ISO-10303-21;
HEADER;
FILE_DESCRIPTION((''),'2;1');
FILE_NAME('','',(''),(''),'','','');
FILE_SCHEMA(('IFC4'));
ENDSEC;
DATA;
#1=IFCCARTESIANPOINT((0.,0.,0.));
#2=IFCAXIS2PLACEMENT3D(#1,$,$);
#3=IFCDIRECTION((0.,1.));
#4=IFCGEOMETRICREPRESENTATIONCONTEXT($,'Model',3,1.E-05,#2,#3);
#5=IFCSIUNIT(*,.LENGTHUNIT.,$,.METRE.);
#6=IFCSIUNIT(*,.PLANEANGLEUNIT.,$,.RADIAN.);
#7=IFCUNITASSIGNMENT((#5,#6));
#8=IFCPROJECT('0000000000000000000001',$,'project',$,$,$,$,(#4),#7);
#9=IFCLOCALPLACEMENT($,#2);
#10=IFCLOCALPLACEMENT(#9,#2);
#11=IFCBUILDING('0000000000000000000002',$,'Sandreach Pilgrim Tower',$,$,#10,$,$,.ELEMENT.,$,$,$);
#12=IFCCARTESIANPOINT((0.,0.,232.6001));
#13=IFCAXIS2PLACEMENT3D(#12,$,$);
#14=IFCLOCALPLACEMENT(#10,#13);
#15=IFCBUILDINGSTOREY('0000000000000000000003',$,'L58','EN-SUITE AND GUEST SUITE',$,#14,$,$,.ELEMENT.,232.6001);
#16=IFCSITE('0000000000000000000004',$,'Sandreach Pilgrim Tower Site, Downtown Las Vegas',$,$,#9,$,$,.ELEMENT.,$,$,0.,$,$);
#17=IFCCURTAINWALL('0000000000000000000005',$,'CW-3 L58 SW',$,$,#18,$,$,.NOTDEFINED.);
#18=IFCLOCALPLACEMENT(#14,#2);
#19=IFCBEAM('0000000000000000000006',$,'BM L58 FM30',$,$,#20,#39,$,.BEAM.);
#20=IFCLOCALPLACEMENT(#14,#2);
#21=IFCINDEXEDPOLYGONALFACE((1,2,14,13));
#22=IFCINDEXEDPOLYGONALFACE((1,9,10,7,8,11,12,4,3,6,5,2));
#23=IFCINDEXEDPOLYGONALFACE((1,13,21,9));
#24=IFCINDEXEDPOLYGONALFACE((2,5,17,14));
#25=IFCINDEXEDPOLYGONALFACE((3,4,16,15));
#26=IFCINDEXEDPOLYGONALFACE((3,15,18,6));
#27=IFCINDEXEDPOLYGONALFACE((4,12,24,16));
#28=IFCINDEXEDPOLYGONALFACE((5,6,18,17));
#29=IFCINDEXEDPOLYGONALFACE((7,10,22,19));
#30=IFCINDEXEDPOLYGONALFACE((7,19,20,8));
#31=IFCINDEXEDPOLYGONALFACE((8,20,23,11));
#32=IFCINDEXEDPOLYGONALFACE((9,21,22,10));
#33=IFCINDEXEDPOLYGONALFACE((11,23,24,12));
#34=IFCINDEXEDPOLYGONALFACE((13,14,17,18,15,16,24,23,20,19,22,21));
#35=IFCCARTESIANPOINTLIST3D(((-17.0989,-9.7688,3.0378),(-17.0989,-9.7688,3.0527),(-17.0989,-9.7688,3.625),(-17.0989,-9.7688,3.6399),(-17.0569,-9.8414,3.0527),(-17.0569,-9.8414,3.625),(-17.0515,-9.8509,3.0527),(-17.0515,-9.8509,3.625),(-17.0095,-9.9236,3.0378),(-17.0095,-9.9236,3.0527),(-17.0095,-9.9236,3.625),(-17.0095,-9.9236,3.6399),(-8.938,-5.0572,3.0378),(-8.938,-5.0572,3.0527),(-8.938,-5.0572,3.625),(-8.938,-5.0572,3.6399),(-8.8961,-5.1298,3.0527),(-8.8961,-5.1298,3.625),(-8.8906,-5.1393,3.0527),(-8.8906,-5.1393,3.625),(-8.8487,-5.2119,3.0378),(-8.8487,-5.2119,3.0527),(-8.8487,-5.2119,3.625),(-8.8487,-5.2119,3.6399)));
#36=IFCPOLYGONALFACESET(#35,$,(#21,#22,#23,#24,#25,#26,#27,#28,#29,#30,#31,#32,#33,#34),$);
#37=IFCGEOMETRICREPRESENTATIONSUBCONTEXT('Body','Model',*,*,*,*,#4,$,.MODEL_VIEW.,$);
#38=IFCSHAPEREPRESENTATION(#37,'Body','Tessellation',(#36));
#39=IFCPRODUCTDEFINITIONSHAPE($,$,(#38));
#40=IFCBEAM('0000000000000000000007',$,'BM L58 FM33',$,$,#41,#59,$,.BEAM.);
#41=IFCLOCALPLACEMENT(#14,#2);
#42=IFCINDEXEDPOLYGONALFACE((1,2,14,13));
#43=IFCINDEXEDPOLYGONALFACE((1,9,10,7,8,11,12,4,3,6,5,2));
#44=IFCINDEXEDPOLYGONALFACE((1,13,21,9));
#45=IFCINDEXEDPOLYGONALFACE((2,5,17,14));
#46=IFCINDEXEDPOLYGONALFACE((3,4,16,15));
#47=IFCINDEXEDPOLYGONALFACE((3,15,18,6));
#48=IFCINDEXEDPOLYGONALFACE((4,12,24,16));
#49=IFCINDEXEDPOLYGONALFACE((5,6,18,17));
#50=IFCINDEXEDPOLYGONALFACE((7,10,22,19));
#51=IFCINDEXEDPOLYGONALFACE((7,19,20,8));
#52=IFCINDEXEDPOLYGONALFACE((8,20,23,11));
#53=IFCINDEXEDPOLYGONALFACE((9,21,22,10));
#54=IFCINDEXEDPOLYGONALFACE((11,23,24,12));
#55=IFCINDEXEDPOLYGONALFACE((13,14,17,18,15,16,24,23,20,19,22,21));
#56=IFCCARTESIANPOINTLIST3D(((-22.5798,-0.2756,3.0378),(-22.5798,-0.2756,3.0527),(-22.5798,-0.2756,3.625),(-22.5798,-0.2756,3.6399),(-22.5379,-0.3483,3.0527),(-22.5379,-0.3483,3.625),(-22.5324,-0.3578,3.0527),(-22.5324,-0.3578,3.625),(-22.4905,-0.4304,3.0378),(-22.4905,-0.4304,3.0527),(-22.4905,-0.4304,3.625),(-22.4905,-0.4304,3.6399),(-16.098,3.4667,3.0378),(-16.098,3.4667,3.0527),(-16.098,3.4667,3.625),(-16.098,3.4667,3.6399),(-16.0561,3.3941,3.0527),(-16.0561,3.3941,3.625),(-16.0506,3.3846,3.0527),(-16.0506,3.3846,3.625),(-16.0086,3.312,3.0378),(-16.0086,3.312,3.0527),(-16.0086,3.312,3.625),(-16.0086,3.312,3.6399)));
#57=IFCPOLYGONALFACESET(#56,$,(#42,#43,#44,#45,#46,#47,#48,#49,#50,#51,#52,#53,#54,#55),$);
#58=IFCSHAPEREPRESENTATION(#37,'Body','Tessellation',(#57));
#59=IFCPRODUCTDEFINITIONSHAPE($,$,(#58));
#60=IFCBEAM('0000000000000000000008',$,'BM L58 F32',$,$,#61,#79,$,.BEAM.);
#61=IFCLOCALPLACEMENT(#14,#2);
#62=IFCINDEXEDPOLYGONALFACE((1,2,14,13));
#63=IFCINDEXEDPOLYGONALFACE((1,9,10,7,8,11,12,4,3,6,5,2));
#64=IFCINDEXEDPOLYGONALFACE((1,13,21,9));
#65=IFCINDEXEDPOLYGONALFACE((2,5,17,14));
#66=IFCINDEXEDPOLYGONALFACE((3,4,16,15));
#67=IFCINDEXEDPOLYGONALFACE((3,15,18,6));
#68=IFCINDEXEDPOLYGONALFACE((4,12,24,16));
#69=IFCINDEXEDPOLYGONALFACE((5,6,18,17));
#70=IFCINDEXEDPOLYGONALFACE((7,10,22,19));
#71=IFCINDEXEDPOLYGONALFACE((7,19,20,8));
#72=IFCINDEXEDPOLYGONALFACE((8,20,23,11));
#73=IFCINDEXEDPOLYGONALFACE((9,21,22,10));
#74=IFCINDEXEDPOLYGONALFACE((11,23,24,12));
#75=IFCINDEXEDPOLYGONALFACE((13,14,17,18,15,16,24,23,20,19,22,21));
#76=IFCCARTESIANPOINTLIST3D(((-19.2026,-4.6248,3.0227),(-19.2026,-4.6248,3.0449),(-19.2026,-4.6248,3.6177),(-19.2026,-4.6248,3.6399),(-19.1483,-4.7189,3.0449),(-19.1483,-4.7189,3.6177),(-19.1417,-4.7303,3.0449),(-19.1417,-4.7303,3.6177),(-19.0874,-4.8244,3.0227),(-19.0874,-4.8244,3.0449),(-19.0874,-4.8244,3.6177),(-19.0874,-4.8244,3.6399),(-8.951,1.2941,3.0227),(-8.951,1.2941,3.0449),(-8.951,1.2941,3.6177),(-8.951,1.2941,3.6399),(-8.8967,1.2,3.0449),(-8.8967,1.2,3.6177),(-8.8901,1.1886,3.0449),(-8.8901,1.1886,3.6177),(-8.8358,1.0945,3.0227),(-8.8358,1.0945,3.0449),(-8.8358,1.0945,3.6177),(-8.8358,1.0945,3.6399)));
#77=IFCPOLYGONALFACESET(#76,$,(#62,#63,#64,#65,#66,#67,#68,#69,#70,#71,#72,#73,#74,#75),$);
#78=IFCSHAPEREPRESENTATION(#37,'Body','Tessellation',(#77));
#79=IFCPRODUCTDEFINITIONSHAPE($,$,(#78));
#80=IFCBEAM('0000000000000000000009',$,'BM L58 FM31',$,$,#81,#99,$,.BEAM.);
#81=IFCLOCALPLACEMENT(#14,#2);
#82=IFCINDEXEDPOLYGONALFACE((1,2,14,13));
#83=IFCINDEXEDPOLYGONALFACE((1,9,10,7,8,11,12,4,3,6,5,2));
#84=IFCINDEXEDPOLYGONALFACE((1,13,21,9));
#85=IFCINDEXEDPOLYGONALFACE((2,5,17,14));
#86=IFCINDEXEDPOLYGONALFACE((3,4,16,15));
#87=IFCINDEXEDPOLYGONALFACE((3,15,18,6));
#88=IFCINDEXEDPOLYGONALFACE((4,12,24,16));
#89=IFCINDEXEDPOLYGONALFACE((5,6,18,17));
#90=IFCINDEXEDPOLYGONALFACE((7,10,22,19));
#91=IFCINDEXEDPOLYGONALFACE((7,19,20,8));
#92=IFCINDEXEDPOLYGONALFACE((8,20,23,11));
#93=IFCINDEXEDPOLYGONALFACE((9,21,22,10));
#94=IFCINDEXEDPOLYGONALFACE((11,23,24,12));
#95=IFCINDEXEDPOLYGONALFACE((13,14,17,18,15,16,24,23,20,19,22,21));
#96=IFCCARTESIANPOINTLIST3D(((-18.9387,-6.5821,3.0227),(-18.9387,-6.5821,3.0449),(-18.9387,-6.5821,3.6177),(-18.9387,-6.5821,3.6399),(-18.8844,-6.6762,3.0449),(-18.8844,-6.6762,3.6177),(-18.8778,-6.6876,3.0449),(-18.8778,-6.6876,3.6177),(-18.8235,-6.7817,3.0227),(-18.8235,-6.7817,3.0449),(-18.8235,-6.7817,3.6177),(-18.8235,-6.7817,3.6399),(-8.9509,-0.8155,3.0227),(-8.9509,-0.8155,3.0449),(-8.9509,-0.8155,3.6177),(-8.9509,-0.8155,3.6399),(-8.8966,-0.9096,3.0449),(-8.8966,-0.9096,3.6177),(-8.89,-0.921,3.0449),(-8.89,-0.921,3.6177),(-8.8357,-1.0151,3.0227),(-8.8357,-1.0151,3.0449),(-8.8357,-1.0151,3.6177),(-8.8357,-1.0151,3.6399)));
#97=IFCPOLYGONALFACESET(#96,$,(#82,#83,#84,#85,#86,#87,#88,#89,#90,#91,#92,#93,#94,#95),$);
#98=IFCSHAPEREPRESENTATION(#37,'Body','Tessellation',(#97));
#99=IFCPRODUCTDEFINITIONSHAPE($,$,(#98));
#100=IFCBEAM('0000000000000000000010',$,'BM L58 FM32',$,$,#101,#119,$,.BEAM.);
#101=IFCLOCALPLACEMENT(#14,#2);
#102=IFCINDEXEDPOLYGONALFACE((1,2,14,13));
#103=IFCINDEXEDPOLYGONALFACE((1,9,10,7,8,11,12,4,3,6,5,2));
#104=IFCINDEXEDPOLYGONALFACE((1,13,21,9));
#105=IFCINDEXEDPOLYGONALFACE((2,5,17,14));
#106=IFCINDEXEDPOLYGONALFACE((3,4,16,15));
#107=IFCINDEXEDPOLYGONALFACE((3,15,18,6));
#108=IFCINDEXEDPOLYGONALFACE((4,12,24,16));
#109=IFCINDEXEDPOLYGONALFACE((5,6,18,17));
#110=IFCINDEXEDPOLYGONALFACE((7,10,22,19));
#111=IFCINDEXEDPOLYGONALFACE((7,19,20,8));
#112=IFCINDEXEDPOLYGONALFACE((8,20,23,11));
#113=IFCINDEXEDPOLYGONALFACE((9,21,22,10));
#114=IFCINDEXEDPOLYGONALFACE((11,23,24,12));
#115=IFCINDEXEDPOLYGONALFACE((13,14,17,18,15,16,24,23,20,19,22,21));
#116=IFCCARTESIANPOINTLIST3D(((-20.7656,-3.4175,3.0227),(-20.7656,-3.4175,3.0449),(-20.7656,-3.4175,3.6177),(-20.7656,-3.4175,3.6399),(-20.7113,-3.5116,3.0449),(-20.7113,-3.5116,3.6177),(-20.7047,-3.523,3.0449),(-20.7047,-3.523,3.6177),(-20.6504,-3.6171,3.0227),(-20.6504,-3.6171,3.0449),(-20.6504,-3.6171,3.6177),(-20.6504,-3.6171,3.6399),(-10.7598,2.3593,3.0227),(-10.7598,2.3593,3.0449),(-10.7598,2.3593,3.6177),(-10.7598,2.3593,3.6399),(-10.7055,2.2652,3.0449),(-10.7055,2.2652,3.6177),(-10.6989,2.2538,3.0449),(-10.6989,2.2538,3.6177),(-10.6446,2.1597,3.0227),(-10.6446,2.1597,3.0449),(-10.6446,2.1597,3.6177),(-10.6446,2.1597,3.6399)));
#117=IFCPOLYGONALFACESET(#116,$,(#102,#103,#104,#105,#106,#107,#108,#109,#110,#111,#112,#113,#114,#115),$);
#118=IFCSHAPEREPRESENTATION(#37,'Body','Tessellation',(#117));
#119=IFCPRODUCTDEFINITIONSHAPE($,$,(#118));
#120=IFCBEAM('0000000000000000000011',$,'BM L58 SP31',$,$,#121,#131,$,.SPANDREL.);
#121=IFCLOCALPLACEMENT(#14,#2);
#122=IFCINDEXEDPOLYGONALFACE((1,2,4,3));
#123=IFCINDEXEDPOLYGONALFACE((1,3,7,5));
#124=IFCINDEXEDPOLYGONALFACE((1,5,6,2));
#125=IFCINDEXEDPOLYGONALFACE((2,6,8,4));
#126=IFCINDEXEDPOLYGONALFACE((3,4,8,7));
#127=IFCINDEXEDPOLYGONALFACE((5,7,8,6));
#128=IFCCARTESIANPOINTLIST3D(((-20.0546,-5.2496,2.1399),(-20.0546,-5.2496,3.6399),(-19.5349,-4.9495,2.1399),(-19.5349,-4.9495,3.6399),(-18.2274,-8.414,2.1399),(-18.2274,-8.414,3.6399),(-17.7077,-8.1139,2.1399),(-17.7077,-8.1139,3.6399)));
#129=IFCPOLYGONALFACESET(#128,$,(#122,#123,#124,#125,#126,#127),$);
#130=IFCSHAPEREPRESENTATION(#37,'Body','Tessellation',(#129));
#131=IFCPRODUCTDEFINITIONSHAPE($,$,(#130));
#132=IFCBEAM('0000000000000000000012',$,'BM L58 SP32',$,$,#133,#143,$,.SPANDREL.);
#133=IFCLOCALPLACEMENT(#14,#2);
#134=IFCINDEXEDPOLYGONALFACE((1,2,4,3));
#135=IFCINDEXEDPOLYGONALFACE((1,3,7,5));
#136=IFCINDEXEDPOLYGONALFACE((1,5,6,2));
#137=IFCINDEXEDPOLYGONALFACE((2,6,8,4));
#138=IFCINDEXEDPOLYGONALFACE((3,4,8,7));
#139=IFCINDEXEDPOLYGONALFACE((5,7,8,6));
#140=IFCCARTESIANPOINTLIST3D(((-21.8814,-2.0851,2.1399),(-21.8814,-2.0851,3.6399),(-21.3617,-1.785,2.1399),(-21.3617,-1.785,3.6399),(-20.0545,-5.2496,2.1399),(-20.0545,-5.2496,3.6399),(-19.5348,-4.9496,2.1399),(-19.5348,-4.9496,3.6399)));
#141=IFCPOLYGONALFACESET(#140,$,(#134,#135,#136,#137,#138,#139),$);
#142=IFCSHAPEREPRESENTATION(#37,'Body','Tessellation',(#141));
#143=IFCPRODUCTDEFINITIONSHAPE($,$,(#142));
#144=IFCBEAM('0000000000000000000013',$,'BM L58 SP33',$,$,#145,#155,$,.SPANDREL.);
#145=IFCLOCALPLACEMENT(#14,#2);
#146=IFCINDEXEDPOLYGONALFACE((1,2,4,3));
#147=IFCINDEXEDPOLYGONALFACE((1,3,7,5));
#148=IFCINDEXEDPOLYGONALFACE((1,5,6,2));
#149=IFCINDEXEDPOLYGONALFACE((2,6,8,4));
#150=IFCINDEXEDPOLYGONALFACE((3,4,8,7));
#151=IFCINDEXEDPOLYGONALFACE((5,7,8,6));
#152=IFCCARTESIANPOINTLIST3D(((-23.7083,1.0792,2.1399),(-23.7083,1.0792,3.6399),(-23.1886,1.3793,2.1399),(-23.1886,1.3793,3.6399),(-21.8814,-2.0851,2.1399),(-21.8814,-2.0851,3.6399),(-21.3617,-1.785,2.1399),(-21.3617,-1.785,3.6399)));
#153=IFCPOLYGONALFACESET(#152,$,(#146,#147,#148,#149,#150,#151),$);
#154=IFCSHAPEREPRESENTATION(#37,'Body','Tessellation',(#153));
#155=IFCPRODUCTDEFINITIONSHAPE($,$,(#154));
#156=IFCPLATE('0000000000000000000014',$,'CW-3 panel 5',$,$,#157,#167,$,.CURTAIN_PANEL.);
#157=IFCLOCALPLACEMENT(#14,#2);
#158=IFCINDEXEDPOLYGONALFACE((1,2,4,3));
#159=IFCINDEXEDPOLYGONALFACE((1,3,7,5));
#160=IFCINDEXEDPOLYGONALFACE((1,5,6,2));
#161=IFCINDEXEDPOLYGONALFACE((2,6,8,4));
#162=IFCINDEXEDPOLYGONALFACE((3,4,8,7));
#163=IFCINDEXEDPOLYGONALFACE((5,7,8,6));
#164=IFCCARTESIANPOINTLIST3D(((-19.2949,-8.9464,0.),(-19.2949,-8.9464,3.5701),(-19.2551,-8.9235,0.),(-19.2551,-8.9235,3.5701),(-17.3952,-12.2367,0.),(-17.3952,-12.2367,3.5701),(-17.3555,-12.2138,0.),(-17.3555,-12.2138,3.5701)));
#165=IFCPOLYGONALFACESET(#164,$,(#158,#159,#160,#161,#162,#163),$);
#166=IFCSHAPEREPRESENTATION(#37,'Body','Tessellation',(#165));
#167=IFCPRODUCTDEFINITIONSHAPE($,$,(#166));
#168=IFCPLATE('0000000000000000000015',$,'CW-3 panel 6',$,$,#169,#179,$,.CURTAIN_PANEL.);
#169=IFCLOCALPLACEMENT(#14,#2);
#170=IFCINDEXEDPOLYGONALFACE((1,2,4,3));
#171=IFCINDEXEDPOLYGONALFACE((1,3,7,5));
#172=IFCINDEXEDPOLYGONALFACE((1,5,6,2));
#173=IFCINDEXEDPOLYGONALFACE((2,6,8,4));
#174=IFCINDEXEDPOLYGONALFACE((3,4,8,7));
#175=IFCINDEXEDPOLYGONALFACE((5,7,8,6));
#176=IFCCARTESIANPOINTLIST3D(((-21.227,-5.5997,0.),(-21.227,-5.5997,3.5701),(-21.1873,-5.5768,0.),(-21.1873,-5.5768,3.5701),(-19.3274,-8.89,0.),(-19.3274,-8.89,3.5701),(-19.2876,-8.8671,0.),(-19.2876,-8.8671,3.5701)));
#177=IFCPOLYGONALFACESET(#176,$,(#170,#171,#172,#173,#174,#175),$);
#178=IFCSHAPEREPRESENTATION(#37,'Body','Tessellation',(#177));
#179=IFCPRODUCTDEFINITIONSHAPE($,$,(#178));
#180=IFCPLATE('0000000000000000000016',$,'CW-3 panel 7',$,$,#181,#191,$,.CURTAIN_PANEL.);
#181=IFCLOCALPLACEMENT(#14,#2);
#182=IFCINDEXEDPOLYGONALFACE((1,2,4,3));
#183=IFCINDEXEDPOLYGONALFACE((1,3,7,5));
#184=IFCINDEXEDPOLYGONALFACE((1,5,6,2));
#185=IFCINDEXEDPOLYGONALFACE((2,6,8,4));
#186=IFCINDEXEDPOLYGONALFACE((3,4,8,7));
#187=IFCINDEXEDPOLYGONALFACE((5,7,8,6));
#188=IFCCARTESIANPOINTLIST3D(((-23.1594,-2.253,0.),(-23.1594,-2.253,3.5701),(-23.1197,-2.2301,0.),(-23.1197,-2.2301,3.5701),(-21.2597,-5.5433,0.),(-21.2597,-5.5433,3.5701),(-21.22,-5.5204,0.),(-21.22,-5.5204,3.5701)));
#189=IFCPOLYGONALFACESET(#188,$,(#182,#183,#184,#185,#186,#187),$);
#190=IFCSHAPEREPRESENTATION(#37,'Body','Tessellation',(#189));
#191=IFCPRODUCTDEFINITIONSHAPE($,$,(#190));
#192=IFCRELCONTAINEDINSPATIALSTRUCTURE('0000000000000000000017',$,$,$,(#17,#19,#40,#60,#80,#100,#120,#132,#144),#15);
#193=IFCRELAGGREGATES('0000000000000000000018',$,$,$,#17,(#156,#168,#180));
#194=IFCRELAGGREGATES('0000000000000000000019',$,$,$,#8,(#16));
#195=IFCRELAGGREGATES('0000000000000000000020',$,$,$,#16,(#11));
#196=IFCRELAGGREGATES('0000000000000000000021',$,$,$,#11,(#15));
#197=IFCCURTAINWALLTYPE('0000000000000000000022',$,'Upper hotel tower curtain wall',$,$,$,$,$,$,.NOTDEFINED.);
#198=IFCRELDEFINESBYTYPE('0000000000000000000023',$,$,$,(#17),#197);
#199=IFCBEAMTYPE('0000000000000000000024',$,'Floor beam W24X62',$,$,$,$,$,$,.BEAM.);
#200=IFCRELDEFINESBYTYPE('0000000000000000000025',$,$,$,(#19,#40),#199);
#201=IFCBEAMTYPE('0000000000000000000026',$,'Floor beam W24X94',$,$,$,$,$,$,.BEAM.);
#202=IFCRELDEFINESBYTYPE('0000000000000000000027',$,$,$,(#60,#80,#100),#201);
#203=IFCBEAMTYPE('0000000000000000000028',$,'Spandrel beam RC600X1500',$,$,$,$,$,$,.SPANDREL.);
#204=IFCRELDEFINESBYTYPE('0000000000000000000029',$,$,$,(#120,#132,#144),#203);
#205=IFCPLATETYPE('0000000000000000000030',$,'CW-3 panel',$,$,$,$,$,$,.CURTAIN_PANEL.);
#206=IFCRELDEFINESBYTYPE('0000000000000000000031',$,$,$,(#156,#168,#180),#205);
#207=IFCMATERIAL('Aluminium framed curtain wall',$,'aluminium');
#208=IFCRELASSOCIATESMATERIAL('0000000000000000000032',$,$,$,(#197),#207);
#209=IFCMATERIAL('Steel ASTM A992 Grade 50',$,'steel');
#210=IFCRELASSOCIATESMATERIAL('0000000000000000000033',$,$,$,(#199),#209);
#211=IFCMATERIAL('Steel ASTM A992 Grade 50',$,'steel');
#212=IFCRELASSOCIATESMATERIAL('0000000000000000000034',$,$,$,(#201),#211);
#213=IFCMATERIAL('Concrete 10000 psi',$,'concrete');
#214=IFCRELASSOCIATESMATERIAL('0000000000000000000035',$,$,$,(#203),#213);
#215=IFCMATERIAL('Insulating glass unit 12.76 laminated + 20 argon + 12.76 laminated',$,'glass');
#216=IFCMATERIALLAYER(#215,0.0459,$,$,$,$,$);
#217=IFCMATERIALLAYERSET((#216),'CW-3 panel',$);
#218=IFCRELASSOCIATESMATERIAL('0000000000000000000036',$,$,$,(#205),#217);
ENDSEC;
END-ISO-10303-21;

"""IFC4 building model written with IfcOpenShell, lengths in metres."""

from ifc_helpers import new_model, si_unit, direction, frame, origin, origin_2d, place, context, subcontext, project, spatial, rectangle, i_section, extrude, material, layer, layer_set, material_profile, profile_set, type_object, element, aggregate, save


model = new_model("IFC4")

# Units and contexts
model_context = context("Model", 3, precision=1e-05, world=origin(), true_north=direction((0.0, 1.0)))
body_context = subcontext(model_context, "Body", "Model", "MODEL_VIEW")
ifc_project = project(units=[si_unit("LENGTHUNIT", "METRE"), si_unit("PLANEANGLEUNIT", "RADIAN")], contexts=[model_context])

# Site, building, storey
site_placement = place(None, origin())
site = spatial("IfcSite", under=ifc_project, at=site_placement, Name="Sandreach Pilgrim Tower Site, Downtown Las Vegas", CompositionType="ELEMENT", RefElevation=0.0)
building_placement = place(site_placement, origin())
building = spatial("IfcBuilding", under=site, at=building_placement, Name="Sandreach Pilgrim Tower", CompositionType="ELEMENT")
storey_placement = place(building_placement, frame((0.0, 0.0, 232.6001)))
storey = spatial("IfcBuildingStorey", under=building, at=storey_placement, Name="L58", Description="EN-SUITE AND GUEST SUITE", CompositionType="ELEMENT", Elevation=232.6001)

# Curtain wall
ifc_material_1 = material(Name="Aluminium framed curtain wall", Category="aluminium")
curtain_wall_type = type_object("IfcCurtainWallType", Name="Upper hotel tower curtain wall", PredefinedType="NOTDEFINED", material=ifc_material_1)
curtain_wall_placement = place(storey_placement, origin())
curtain_wall = element("IfcCurtainWall", 1, at=curtain_wall_placement, inside=storey, type_object=curtain_wall_type, Name="CW-3 L58 SW", PredefinedType="NOTDEFINED")

# Beams
ifc_material_2 = material(Name="Steel ASTM A992 Grade 50", Category="steel")
ifc_material_profile_1 = material_profile(ifc_material_2, i_section(OverallWidth=0.1787, OverallDepth=0.6021, WebThickness=0.011, FlangeThickness=0.0149, at=origin_2d()), Name="W24X62")
ifc_profile_set_1 = profile_set([ifc_material_profile_1], Name="Steel ASTM A992 Grade 50")
beam_type_1 = type_object("IfcBeamType", Name="Floor beam W24X62", PredefinedType="BEAM", material=ifc_profile_set_1)
beam_1_placement = place(storey_placement, frame((-17.0542, -9.8462, 3.3389), z_axis=(0.866026, 0.499998, 0.0), x_axis=(-0.499998, 0.866026, 0.0)))
element("IfcBeam", 2, at=beam_1_placement, inside=storey, type_object=beam_type_1, Name="BM L58 FM30", PredefinedType="BEAM", context=body_context, shape_type="SweptSolid", body=[
    extrude(i_section(OverallWidth=0.1787, OverallDepth=0.6021, WebThickness=0.011, FlangeThickness=0.0149, at=origin_2d()), origin(), (0.0, 0.0, 1.0), 9.4233),
])
beam_2_placement = place(storey_placement, frame((-22.5352, -0.353, 3.3389), z_axis=(0.86602, 0.500009, 0.0), x_axis=(-0.500009, 0.86602, 0.0)))
element("IfcBeam", 3, at=beam_2_placement, inside=storey, type_object=beam_type_1, Name="BM L58 FM33", PredefinedType="BEAM", context=body_context, shape_type="SweptSolid", body=[
    extrude(i_section(OverallWidth=0.1787, OverallDepth=0.6021, WebThickness=0.011, FlangeThickness=0.0149, at=origin_2d()), origin(), (0.0, 0.0, 1.0), 7.4846),
])
ifc_material_3 = material(Name="Steel ASTM A992 Grade 50", Category="steel")
ifc_material_profile_2 = material_profile(ifc_material_3, i_section(OverallWidth=0.2305, OverallDepth=0.6172, WebThickness=0.0132, FlangeThickness=0.0222, at=origin_2d()), Name="W24X94")
ifc_profile_set_2 = profile_set([ifc_material_profile_2], Name="Steel ASTM A992 Grade 50")
beam_type_2 = type_object("IfcBeamType", Name="Floor beam W24X94", PredefinedType="BEAM", material=ifc_profile_set_2)
beam_3_placement = place(storey_placement, frame((-19.145, -4.7246, 3.3313), z_axis=(0.866021, 0.500007, 0.0), x_axis=(-0.500007, 0.866021, 0.0)))
element("IfcBeam", 4, at=beam_3_placement, inside=storey, type_object=beam_type_2, Name="BM L58 F32", PredefinedType="BEAM", context=body_context, shape_type="SweptSolid", body=[
    extrude(i_section(OverallWidth=0.2305, OverallDepth=0.6172, WebThickness=0.0132, FlangeThickness=0.0222, at=origin_2d()), origin(), (0.0, 0.0, 1.0), 11.8376),
])
beam_4_placement = place(storey_placement, frame((-18.8811, -6.6819, 3.3313), z_axis=(0.86602, 0.50001, 0.0), x_axis=(-0.50001, 0.86602, 0.0)))
element("IfcBeam", 5, at=beam_4_placement, inside=storey, type_object=beam_type_2, Name="BM L58 FM31", PredefinedType="BEAM", context=body_context, shape_type="SweptSolid", body=[
    extrude(i_section(OverallWidth=0.2305, OverallDepth=0.6172, WebThickness=0.0132, FlangeThickness=0.0222, at=origin_2d()), origin(), (0.0, 0.0, 1.0), 11.533),
])
beam_5_placement = place(storey_placement, frame((-20.708, -3.5173, 3.3313), z_axis=(0.866027, 0.499998, 0.0), x_axis=(-0.499998, 0.866027, 0.0)))
element("IfcBeam", 6, at=beam_5_placement, inside=storey, type_object=beam_type_2, Name="BM L58 FM32", PredefinedType="BEAM", context=body_context, shape_type="SweptSolid", body=[
    extrude(i_section(OverallWidth=0.2305, OverallDepth=0.6172, WebThickness=0.0132, FlangeThickness=0.0222, at=origin_2d()), origin(), (0.0, 0.0, 1.0), 11.5537),
])
ifc_material_4 = material(Name="Concrete 10000 psi", Category="concrete")
ifc_material_profile_3 = material_profile(ifc_material_4, rectangle(XDim=0.6001, YDim=1.5, at=origin_2d()), Name="RC600X1500")
ifc_profile_set_3 = profile_set([ifc_material_profile_3], Name="Concrete 10000 psi")
beam_type_3 = type_object("IfcBeamType", Name="Spandrel beam RC600X1500", PredefinedType="SPANDREL", material=ifc_profile_set_3)
for number, where, z_axis, x_axis, name in (
    (7, (-17.9675, -8.2639, 2.8899), (-0.500048, 0.865998, 0.0), (-0.865998, -0.500048, 0.0), "BM L58 SP31"),
    (8, (-19.7947, -5.0996, 2.8899), (-0.499969, 0.866043, 0.0), (-0.866043, -0.499969, 0.0), "BM L58 SP32"),
):
    element("IfcBeam", number, at=place(storey_placement, frame(where, z_axis=z_axis, x_axis=x_axis)), inside=storey, type_object=beam_type_3, Name=name, PredefinedType="SPANDREL", context=body_context, shape_type="SweptSolid", body=[
        extrude(rectangle(XDim=0.6001, YDim=1.5, at=origin_2d()), origin(), (0.0, 0.0, 1.0), 3.6541),
    ])
beam_6_placement = place(storey_placement, frame((-21.6216, -1.9351, 2.8899), z_axis=(-0.499998, 0.866026, 0.0), x_axis=(-0.866026, -0.499998, 0.0)))
element("IfcBeam", 9, at=beam_6_placement, inside=storey, type_object=beam_type_3, Name="BM L58 SP33", PredefinedType="SPANDREL", context=body_context, shape_type="SweptSolid", body=[
    extrude(rectangle(XDim=0.6001, YDim=1.5, at=origin_2d()), origin(), (0.0, 0.0, 1.0), 3.6538),
])

# Plates
ifc_material_5 = material(Name="Insulating glass unit 12.76 laminated + 20 argon + 12.76 laminated", Category="glass")
ifc_layer_1 = layer(ifc_material_5, 0.0459)
ifc_layer_set_1 = layer_set([ifc_layer_1], Name="CW-3 panel")
plate_type = type_object("IfcPlateType", Name="CW-3 panel", PredefinedType="CURTAIN_PANEL", material=ifc_layer_set_1)
plate_1_placement = place(storey_placement, frame((-18.3252, -10.5801, 0.0), z_axis=(0.0, 0.0, 1.0), x_axis=(-0.5, 0.866025, 0.0)))
plate_1 = element("IfcPlate", 10, at=plate_1_placement, type_object=plate_type, Name="CW-3 panel 5", PredefinedType="CURTAIN_PANEL", context=body_context, shape_type="SweptSolid", body=[
    extrude(rectangle(XDim=3.7993, YDim=0.0459, at=origin_2d()), origin(), (0.0, 0.0, 1.0), 3.5701),
])
plate_2_placement = place(storey_placement, frame((-20.2573, -7.2334, 0.0), z_axis=(0.0, 0.0, 1.0), x_axis=(-0.5, 0.866025, 0.0)))
plate_2 = element("IfcPlate", 11, at=plate_2_placement, type_object=plate_type, Name="CW-3 panel 6", PredefinedType="CURTAIN_PANEL", context=body_context, shape_type="SweptSolid", body=[
    extrude(rectangle(XDim=3.7993, YDim=0.0459, at=origin_2d()), origin(), (0.0, 0.0, 1.0), 3.5701),
])
plate_3_placement = place(storey_placement, frame((-22.1897, -3.8867, 0.0), z_axis=(0.0, 0.0, 1.0), x_axis=(-0.5, 0.866025, 0.0)))
plate_3 = element("IfcPlate", 12, at=plate_3_placement, type_object=plate_type, Name="CW-3 panel 7", PredefinedType="CURTAIN_PANEL", context=body_context, shape_type="SweptSolid", body=[
    extrude(rectangle(XDim=3.7993, YDim=0.0459, at=origin_2d()), origin(), (0.0, 0.0, 1.0), 3.5701),
])
aggregate(curtain_wall, [plate_1, plate_2, plate_3])

save(model, "model.ifc")
